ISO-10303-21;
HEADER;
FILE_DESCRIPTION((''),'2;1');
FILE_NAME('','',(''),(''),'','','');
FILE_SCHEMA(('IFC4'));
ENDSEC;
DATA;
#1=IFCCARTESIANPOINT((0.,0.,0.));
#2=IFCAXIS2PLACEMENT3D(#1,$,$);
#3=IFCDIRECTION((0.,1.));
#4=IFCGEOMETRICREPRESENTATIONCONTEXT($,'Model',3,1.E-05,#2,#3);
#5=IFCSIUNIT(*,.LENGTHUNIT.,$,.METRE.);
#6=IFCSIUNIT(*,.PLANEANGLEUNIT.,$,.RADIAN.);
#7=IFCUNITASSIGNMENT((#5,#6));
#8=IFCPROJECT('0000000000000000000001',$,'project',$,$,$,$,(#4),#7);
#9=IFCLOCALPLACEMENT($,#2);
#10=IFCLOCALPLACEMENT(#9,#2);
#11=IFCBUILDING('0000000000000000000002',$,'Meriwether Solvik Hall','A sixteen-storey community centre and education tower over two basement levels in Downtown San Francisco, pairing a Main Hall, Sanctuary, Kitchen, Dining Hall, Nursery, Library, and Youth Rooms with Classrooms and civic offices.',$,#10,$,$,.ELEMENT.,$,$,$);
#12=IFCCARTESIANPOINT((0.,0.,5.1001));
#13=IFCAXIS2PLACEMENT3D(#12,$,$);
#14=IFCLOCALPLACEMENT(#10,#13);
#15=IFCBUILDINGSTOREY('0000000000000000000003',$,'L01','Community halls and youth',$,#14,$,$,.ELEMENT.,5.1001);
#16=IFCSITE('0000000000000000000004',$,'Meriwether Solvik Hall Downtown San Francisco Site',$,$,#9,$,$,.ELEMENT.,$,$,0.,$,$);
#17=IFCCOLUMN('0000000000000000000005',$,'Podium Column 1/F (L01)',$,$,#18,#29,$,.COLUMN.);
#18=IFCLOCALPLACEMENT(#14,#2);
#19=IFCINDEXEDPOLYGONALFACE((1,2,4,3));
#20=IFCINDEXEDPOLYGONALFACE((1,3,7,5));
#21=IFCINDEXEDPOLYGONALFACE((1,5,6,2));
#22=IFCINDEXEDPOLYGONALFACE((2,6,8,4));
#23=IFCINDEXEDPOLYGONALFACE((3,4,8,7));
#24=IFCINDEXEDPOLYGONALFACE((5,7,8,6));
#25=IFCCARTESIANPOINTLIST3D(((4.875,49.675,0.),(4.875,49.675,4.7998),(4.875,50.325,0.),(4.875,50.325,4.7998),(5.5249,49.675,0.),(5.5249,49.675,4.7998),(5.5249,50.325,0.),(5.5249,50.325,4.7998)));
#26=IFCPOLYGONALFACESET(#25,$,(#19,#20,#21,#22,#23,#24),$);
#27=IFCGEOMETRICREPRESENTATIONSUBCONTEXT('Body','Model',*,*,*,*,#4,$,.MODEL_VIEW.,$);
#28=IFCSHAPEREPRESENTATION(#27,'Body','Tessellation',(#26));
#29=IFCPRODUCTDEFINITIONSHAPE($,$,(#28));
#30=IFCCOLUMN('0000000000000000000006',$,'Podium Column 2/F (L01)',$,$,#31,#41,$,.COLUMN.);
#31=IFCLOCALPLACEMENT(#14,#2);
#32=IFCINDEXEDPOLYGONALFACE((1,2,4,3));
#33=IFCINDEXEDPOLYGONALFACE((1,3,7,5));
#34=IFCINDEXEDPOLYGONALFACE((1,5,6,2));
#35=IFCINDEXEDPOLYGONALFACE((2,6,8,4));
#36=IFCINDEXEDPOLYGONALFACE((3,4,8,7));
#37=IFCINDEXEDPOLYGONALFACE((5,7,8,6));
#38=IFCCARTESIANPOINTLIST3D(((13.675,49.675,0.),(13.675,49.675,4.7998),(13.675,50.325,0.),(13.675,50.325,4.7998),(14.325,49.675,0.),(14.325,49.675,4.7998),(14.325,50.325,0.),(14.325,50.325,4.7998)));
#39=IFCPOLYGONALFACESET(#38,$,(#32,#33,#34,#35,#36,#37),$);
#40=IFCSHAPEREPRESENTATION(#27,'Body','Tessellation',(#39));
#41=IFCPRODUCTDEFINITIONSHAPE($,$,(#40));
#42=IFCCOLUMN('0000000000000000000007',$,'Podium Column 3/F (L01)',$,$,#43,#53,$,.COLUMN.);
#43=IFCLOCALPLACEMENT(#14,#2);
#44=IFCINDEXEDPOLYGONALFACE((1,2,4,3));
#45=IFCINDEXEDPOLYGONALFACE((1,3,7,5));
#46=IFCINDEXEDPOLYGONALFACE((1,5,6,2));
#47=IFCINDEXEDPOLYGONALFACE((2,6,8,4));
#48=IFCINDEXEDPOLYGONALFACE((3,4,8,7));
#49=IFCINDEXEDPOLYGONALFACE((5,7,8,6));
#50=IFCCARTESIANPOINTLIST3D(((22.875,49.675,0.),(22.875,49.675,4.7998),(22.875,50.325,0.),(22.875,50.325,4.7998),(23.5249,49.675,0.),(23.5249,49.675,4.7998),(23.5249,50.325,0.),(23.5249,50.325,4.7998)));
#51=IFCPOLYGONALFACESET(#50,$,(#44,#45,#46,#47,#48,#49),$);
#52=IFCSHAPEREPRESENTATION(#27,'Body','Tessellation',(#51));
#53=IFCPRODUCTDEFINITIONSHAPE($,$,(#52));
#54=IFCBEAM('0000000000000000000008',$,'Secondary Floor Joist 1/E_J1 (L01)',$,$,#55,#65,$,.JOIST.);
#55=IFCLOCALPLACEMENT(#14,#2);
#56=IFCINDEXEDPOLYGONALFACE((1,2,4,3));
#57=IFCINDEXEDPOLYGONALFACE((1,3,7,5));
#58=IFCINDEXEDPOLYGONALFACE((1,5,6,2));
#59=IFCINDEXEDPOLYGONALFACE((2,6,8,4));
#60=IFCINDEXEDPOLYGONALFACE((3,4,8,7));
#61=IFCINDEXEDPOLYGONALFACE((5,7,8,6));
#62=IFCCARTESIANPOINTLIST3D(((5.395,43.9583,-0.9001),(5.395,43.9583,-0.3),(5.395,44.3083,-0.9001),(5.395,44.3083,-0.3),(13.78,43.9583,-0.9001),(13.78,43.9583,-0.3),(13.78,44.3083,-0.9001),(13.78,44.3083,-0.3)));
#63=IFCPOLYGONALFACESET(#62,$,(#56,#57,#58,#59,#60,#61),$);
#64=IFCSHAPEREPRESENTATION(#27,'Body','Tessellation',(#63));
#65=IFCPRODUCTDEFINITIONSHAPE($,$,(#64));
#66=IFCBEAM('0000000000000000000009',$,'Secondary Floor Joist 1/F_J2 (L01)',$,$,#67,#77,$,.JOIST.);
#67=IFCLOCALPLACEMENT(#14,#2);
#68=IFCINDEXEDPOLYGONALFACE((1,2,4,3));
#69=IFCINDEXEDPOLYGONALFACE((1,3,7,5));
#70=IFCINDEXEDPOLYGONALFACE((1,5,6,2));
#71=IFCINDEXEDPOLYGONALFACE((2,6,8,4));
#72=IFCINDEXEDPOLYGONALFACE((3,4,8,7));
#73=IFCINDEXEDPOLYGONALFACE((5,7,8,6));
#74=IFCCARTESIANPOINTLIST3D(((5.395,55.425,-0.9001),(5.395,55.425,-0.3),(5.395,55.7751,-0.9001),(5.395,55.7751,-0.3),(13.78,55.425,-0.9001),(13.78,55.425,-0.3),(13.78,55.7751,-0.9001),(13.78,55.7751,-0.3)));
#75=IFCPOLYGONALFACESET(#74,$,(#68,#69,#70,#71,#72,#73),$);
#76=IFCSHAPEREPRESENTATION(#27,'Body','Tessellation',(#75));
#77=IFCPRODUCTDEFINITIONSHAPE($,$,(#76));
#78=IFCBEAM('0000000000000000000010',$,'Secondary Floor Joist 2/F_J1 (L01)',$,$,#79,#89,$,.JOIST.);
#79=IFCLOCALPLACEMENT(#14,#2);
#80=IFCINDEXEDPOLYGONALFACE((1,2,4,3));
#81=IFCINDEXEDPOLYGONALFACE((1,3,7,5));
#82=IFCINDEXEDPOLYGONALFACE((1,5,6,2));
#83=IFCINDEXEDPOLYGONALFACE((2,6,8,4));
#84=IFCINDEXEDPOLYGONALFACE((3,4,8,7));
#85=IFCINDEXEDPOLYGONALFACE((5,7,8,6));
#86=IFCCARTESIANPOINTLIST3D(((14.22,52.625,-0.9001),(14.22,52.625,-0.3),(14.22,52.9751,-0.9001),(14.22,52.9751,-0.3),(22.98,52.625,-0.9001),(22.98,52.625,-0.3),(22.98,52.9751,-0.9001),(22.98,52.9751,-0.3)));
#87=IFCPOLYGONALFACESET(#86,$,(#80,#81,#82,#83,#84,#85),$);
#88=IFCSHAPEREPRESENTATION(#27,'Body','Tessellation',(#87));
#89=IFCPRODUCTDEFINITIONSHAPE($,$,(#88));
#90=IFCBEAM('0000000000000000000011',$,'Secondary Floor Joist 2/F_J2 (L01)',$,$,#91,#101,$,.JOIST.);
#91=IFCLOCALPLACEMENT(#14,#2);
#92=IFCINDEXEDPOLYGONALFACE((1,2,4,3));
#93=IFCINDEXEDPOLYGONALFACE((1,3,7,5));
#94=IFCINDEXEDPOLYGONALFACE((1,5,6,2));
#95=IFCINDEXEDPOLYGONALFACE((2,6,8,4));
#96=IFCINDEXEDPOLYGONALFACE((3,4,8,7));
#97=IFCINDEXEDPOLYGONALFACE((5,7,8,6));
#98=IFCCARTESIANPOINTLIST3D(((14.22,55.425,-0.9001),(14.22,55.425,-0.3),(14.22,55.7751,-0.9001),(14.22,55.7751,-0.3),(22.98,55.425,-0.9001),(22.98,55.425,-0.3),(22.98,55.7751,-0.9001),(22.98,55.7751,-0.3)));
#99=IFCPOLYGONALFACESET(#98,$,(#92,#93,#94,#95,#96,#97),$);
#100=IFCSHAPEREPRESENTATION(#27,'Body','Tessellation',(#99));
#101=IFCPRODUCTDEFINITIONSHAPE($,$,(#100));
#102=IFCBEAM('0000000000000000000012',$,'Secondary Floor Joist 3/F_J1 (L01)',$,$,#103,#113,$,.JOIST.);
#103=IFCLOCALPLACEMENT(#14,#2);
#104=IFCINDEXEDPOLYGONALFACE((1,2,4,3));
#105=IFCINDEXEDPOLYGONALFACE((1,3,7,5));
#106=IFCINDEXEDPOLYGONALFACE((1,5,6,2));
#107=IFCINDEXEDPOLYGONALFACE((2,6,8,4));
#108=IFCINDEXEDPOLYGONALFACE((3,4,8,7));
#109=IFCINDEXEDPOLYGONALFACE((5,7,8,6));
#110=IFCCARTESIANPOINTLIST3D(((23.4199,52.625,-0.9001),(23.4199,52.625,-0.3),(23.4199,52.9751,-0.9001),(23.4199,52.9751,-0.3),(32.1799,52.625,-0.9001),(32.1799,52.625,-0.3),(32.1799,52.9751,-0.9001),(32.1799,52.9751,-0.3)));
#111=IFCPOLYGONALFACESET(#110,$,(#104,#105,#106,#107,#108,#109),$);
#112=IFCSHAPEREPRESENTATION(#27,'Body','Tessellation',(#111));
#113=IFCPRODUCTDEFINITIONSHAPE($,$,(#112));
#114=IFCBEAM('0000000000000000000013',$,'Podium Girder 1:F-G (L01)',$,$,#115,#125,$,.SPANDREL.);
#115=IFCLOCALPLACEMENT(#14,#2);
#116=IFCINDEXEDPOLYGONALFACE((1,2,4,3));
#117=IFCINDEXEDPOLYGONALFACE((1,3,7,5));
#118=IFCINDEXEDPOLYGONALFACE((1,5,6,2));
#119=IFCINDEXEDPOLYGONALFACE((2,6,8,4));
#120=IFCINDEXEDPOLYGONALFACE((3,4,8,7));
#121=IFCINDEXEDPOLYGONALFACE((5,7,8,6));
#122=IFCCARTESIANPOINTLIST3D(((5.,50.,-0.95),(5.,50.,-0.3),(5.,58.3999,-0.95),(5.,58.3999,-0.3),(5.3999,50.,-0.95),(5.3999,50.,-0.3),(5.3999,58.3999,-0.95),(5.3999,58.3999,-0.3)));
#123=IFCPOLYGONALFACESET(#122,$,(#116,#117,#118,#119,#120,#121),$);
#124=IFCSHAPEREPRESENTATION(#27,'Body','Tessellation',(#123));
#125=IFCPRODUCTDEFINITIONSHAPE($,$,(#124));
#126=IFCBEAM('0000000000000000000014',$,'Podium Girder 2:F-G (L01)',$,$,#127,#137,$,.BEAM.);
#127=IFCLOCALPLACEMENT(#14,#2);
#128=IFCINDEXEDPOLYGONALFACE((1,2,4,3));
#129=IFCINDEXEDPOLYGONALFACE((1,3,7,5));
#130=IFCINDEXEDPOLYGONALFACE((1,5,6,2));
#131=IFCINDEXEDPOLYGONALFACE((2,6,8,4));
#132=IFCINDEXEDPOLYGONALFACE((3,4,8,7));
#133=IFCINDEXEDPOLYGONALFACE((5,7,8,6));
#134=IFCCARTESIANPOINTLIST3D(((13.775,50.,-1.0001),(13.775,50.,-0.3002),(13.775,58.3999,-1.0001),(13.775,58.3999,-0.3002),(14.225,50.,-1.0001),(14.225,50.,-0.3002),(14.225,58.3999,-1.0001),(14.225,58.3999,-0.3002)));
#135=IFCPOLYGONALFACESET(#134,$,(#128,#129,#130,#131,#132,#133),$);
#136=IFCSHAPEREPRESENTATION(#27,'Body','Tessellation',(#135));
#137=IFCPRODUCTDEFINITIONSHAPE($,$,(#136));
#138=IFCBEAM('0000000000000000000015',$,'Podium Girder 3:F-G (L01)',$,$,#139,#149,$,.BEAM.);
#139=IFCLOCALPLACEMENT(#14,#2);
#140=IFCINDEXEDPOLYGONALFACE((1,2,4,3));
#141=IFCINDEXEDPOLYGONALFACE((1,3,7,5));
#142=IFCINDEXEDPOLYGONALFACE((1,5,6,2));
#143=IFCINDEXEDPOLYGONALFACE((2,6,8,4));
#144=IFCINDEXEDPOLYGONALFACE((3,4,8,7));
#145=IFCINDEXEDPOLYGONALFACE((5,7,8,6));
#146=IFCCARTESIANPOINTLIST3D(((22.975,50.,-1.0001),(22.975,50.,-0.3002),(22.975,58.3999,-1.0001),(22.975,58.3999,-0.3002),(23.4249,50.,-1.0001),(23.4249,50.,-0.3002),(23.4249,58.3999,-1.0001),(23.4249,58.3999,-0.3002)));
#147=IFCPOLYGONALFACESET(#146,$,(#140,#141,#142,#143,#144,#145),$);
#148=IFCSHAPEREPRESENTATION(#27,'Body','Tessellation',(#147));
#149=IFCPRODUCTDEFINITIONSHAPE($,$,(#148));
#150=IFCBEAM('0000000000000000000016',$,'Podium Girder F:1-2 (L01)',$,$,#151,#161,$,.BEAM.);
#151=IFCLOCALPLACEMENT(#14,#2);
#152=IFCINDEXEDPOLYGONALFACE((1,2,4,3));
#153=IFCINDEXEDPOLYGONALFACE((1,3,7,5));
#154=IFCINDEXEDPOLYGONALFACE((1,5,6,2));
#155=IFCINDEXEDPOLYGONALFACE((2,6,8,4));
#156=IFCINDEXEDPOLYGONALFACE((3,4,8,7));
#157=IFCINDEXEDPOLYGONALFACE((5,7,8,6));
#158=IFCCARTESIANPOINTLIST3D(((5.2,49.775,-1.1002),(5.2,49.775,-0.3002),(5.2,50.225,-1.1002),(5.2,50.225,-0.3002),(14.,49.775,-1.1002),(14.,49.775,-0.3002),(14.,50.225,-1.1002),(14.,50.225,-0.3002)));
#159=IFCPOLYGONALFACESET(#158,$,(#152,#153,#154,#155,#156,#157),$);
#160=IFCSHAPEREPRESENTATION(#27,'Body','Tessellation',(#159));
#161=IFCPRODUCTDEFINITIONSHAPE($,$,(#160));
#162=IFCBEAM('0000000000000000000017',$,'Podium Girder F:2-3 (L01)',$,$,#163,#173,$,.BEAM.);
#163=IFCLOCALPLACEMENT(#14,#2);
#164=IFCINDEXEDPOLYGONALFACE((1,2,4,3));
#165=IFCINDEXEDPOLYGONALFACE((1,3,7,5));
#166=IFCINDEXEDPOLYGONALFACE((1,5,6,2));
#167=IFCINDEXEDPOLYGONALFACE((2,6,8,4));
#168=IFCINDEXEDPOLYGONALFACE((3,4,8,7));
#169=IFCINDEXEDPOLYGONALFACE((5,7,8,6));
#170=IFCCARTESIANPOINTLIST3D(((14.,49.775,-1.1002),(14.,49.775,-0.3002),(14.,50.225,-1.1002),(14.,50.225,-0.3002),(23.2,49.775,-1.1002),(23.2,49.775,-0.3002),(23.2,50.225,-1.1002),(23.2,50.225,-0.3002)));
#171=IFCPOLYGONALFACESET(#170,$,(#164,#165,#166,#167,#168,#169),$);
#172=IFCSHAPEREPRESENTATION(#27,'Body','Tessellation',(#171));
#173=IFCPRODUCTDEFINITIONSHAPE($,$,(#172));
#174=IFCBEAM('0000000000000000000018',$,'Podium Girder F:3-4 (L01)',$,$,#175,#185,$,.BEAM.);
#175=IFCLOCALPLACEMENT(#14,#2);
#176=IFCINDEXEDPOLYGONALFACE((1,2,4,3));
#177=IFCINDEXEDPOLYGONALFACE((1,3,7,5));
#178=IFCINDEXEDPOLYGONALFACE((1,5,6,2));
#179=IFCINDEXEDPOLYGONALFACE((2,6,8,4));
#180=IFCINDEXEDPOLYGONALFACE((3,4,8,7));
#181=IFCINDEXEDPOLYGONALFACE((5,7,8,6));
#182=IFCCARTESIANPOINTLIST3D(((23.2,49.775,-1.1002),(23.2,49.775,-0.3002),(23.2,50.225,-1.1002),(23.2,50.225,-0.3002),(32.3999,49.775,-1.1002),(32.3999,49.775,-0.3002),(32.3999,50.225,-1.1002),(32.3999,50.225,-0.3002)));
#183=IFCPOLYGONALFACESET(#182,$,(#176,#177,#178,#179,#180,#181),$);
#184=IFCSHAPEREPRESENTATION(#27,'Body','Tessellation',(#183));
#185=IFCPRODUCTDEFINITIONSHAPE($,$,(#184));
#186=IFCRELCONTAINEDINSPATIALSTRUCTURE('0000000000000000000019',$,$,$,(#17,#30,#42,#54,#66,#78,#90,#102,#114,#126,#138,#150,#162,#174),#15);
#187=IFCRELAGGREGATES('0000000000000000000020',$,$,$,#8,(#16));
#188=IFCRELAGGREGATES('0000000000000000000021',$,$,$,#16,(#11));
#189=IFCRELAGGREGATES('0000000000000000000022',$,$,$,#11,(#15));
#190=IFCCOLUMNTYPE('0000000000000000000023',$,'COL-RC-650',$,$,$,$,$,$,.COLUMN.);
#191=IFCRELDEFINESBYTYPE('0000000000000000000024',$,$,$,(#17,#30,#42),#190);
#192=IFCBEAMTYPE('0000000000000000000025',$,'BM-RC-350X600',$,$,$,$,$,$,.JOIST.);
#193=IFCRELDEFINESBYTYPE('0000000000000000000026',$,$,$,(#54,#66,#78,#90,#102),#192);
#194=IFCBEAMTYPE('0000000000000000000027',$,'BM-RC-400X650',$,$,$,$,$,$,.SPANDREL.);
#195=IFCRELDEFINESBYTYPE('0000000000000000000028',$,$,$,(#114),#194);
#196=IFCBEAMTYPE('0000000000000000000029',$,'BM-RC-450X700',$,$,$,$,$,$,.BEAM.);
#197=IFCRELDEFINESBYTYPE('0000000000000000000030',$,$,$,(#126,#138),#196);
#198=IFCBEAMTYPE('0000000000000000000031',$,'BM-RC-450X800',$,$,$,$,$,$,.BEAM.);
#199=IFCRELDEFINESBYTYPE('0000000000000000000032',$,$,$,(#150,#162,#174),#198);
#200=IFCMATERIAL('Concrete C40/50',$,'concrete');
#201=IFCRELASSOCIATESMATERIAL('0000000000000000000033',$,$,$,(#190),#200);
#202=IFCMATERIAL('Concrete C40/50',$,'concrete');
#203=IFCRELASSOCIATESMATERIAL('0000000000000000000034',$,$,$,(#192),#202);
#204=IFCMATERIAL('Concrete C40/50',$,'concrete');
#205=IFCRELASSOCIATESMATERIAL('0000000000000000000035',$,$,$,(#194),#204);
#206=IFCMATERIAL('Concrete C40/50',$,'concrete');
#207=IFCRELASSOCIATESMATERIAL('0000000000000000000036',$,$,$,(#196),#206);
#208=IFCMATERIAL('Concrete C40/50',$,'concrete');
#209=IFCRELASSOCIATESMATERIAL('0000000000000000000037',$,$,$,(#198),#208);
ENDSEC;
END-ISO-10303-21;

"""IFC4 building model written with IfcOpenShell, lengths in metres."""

from ifc_helpers import new_model, si_unit, direction, frame, origin, origin_2d, place, context, subcontext, project, spatial, rectangle, extrude, material, material_profile, profile_set, type_object, element, save


model = new_model("IFC4")

# Units and contexts
model_context = context("Model", 3, precision=1e-05, world=origin(), true_north=direction((0.0, 1.0)))
body_context = subcontext(model_context, "Body", "Model", "MODEL_VIEW")
ifc_project = project(units=[si_unit("LENGTHUNIT", "METRE"), si_unit("PLANEANGLEUNIT", "RADIAN")], contexts=[model_context])

# Site, building, storey
site_placement = place(None, origin())
site = spatial("IfcSite", under=ifc_project, at=site_placement, Name="Meriwether Solvik Hall Downtown San Francisco Site", CompositionType="ELEMENT", RefElevation=0.0)
building_placement = place(site_placement, origin())
building = spatial("IfcBuilding", under=site, at=building_placement, Name="Meriwether Solvik Hall", Description="A sixteen-storey community centre and education tower over two basement levels in Downtown San Francisco, pairing a Main Hall, Sanctuary, Kitchen, Dining Hall, Nursery, Library, and Youth Rooms with Classrooms and civic offices.", CompositionType="ELEMENT")
storey_placement = place(building_placement, frame((0.0, 0.0, 5.1001)))
storey = spatial("IfcBuildingStorey", under=building, at=storey_placement, Name="L01", Description="Community halls and youth", CompositionType="ELEMENT", Elevation=5.1001)

# Columns
ifc_material_1 = material(Name="Concrete C40/50", Category="concrete")
ifc_material_profile_1 = material_profile(ifc_material_1, rectangle(XDim=0.6499, YDim=0.6499, at=origin_2d()), Name="RCC-650X650")
ifc_profile_set_1 = profile_set([ifc_material_profile_1], Name="Concrete C40/50")
column_type = type_object("IfcColumnType", Name="COL-RC-650", PredefinedType="COLUMN", material=ifc_profile_set_1)
for number, where, z_axis, x_axis, name in (
    (1, (5.2, 50.0, 0.0), (0.0, 0.0, 1.0), (1.0, 0.0, 0.0), "Podium Column 1/F (L01)"),
    (2, (14.0, 50.0, 0.0), (0.0, 0.0, 1.0), (1.0, 0.0, 0.0), "Podium Column 2/F (L01)"),
    (3, (23.2, 50.0, 0.0), (0.0, 0.0, 1.0), (1.0, 0.0, 0.0), "Podium Column 3/F (L01)"),
):
    element("IfcColumn", number, at=place(storey_placement, frame(where, z_axis=z_axis, x_axis=x_axis)), inside=storey, type_object=column_type, Name=name, PredefinedType="COLUMN", context=body_context, shape_type="SweptSolid", body=[
        extrude(rectangle(XDim=0.6499, YDim=0.6499, at=origin_2d()), origin(), (0.0, 0.0, 1.0), 4.7998),
    ])

# Beams
ifc_material_2 = material(Name="Concrete C40/50", Category="concrete")
ifc_material_profile_2 = material_profile(ifc_material_2, rectangle(XDim=0.3501, YDim=0.6001, at=origin_2d()), Name="RCB-350X600")
ifc_profile_set_2 = profile_set([ifc_material_profile_2], Name="Concrete C40/50")
beam_type_1 = type_object("IfcBeamType", Name="BM-RC-350X600", PredefinedType="JOIST", material=ifc_profile_set_2)
for number, where, z_axis, x_axis, name in (
    (4, (5.395, 44.1333, -0.6001), (1.0, 0.0, 0.0), (0.0, 1.0, 0.0), "Secondary Floor Joist 1/E_J1 (L01)"),
    (5, (5.395, 55.6001, -0.6001), (1.0, 0.0, 0.0), (0.0, 1.0, 0.0), "Secondary Floor Joist 1/F_J2 (L01)"),
):
    element("IfcBeam", number, at=place(storey_placement, frame(where, z_axis=z_axis, x_axis=x_axis)), inside=storey, type_object=beam_type_1, Name=name, PredefinedType="JOIST", context=body_context, shape_type="SweptSolid", body=[
        extrude(rectangle(XDim=0.3501, YDim=0.6001, at=origin_2d()), origin(), (0.0, 0.0, 1.0), 8.385),
    ])
for number, where, z_axis, x_axis, name in (
    (6, (14.22, 52.8, -0.6001), (1.0, 0.0, 0.0), (0.0, 1.0, 0.0), "Secondary Floor Joist 2/F_J1 (L01)"),
    (7, (14.22, 55.6001, -0.6001), (1.0, 0.0, 0.0), (0.0, 1.0, 0.0), "Secondary Floor Joist 2/F_J2 (L01)"),
    (8, (23.4199, 52.8, -0.6001), (1.0, 0.0, 0.0), (0.0, 1.0, 0.0), "Secondary Floor Joist 3/F_J1 (L01)"),
):
    element("IfcBeam", number, at=place(storey_placement, frame(where, z_axis=z_axis, x_axis=x_axis)), inside=storey, type_object=beam_type_1, Name=name, PredefinedType="JOIST", context=body_context, shape_type="SweptSolid", body=[
        extrude(rectangle(XDim=0.3501, YDim=0.6001, at=origin_2d()), origin(), (0.0, 0.0, 1.0), 8.76),
    ])
ifc_material_3 = material(Name="Concrete C40/50", Category="concrete")
ifc_material_profile_3 = material_profile(ifc_material_3, rectangle(XDim=0.3999, YDim=0.6499, at=origin_2d()), Name="RCB-400X650")
ifc_profile_set_3 = profile_set([ifc_material_profile_3], Name="Concrete C40/50")
beam_type_2 = type_object("IfcBeamType", Name="BM-RC-400X650", PredefinedType="SPANDREL", material=ifc_profile_set_3)
beam_1_placement = place(storey_placement, frame((5.2, 50.0, -0.625), z_axis=(0.0, 1.0, 0.0), x_axis=(-1.0, 0.0, 0.0)))
element("IfcBeam", 9, at=beam_1_placement, inside=storey, type_object=beam_type_2, Name="Podium Girder 1:F-G (L01)", PredefinedType="SPANDREL", context=body_context, shape_type="SweptSolid", body=[
    extrude(rectangle(XDim=0.3999, YDim=0.6499, at=origin_2d()), origin(), (0.0, 0.0, 1.0), 8.3999),
])
ifc_material_4 = material(Name="Concrete C40/50", Category="concrete")
ifc_material_profile_4 = material_profile(ifc_material_4, rectangle(XDim=0.45, YDim=0.7, at=origin_2d()), Name="RCB-450X700")
ifc_profile_set_4 = profile_set([ifc_material_profile_4], Name="Concrete C40/50")
beam_type_3 = type_object("IfcBeamType", Name="BM-RC-450X700", PredefinedType="BEAM", material=ifc_profile_set_4)
for number, where, z_axis, x_axis, name in (
    (10, (14.0, 50.0, -0.6501), (0.0, 1.0, 0.0), (-1.0, 0.0, 0.0), "Podium Girder 2:F-G (L01)"),
    (11, (23.2, 50.0, -0.6501), (0.0, 1.0, 0.0), (-1.0, 0.0, 0.0), "Podium Girder 3:F-G (L01)"),
):
    element("IfcBeam", number, at=place(storey_placement, frame(where, z_axis=z_axis, x_axis=x_axis)), inside=storey, type_object=beam_type_3, Name=name, PredefinedType="BEAM", context=body_context, shape_type="SweptSolid", body=[
        extrude(rectangle(XDim=0.45, YDim=0.7, at=origin_2d()), origin(), (0.0, 0.0, 1.0), 8.3999),
    ])
ifc_material_5 = material(Name="Concrete C40/50", Category="concrete")
ifc_material_profile_5 = material_profile(ifc_material_5, rectangle(XDim=0.45, YDim=0.8, at=origin_2d()), Name="RCB-450X800")
ifc_profile_set_5 = profile_set([ifc_material_profile_5], Name="Concrete C40/50")
beam_type_4 = type_object("IfcBeamType", Name="BM-RC-450X800", PredefinedType="BEAM", material=ifc_profile_set_5)
beam_2_placement = place(storey_placement, frame((5.2, 50.0, -0.7002), z_axis=(1.0, 0.0, 0.0), x_axis=(0.0, 1.0, 0.0)))
element("IfcBeam", 12, at=beam_2_placement, inside=storey, type_object=beam_type_4, Name="Podium Girder F:1-2 (L01)", PredefinedType="BEAM", context=body_context, shape_type="SweptSolid", body=[
    extrude(rectangle(XDim=0.45, YDim=0.8, at=origin_2d()), origin(), (0.0, 0.0, 1.0), 8.8),
])
for number, where, z_axis, x_axis, name in (
    (13, (14.0, 50.0, -0.7002), (1.0, 0.0, 0.0), (0.0, 1.0, 0.0), "Podium Girder F:2-3 (L01)"),
    (14, (23.2, 50.0, -0.7002), (1.0, 0.0, 0.0), (0.0, 1.0, 0.0), "Podium Girder F:3-4 (L01)"),
):
    element("IfcBeam", number, at=place(storey_placement, frame(where, z_axis=z_axis, x_axis=x_axis)), inside=storey, type_object=beam_type_4, Name=name, PredefinedType="BEAM", context=body_context, shape_type="SweptSolid", body=[
        extrude(rectangle(XDim=0.45, YDim=0.8, at=origin_2d()), origin(), (0.0, 0.0, 1.0), 9.2),
    ])

save(model, "model.ifc")
